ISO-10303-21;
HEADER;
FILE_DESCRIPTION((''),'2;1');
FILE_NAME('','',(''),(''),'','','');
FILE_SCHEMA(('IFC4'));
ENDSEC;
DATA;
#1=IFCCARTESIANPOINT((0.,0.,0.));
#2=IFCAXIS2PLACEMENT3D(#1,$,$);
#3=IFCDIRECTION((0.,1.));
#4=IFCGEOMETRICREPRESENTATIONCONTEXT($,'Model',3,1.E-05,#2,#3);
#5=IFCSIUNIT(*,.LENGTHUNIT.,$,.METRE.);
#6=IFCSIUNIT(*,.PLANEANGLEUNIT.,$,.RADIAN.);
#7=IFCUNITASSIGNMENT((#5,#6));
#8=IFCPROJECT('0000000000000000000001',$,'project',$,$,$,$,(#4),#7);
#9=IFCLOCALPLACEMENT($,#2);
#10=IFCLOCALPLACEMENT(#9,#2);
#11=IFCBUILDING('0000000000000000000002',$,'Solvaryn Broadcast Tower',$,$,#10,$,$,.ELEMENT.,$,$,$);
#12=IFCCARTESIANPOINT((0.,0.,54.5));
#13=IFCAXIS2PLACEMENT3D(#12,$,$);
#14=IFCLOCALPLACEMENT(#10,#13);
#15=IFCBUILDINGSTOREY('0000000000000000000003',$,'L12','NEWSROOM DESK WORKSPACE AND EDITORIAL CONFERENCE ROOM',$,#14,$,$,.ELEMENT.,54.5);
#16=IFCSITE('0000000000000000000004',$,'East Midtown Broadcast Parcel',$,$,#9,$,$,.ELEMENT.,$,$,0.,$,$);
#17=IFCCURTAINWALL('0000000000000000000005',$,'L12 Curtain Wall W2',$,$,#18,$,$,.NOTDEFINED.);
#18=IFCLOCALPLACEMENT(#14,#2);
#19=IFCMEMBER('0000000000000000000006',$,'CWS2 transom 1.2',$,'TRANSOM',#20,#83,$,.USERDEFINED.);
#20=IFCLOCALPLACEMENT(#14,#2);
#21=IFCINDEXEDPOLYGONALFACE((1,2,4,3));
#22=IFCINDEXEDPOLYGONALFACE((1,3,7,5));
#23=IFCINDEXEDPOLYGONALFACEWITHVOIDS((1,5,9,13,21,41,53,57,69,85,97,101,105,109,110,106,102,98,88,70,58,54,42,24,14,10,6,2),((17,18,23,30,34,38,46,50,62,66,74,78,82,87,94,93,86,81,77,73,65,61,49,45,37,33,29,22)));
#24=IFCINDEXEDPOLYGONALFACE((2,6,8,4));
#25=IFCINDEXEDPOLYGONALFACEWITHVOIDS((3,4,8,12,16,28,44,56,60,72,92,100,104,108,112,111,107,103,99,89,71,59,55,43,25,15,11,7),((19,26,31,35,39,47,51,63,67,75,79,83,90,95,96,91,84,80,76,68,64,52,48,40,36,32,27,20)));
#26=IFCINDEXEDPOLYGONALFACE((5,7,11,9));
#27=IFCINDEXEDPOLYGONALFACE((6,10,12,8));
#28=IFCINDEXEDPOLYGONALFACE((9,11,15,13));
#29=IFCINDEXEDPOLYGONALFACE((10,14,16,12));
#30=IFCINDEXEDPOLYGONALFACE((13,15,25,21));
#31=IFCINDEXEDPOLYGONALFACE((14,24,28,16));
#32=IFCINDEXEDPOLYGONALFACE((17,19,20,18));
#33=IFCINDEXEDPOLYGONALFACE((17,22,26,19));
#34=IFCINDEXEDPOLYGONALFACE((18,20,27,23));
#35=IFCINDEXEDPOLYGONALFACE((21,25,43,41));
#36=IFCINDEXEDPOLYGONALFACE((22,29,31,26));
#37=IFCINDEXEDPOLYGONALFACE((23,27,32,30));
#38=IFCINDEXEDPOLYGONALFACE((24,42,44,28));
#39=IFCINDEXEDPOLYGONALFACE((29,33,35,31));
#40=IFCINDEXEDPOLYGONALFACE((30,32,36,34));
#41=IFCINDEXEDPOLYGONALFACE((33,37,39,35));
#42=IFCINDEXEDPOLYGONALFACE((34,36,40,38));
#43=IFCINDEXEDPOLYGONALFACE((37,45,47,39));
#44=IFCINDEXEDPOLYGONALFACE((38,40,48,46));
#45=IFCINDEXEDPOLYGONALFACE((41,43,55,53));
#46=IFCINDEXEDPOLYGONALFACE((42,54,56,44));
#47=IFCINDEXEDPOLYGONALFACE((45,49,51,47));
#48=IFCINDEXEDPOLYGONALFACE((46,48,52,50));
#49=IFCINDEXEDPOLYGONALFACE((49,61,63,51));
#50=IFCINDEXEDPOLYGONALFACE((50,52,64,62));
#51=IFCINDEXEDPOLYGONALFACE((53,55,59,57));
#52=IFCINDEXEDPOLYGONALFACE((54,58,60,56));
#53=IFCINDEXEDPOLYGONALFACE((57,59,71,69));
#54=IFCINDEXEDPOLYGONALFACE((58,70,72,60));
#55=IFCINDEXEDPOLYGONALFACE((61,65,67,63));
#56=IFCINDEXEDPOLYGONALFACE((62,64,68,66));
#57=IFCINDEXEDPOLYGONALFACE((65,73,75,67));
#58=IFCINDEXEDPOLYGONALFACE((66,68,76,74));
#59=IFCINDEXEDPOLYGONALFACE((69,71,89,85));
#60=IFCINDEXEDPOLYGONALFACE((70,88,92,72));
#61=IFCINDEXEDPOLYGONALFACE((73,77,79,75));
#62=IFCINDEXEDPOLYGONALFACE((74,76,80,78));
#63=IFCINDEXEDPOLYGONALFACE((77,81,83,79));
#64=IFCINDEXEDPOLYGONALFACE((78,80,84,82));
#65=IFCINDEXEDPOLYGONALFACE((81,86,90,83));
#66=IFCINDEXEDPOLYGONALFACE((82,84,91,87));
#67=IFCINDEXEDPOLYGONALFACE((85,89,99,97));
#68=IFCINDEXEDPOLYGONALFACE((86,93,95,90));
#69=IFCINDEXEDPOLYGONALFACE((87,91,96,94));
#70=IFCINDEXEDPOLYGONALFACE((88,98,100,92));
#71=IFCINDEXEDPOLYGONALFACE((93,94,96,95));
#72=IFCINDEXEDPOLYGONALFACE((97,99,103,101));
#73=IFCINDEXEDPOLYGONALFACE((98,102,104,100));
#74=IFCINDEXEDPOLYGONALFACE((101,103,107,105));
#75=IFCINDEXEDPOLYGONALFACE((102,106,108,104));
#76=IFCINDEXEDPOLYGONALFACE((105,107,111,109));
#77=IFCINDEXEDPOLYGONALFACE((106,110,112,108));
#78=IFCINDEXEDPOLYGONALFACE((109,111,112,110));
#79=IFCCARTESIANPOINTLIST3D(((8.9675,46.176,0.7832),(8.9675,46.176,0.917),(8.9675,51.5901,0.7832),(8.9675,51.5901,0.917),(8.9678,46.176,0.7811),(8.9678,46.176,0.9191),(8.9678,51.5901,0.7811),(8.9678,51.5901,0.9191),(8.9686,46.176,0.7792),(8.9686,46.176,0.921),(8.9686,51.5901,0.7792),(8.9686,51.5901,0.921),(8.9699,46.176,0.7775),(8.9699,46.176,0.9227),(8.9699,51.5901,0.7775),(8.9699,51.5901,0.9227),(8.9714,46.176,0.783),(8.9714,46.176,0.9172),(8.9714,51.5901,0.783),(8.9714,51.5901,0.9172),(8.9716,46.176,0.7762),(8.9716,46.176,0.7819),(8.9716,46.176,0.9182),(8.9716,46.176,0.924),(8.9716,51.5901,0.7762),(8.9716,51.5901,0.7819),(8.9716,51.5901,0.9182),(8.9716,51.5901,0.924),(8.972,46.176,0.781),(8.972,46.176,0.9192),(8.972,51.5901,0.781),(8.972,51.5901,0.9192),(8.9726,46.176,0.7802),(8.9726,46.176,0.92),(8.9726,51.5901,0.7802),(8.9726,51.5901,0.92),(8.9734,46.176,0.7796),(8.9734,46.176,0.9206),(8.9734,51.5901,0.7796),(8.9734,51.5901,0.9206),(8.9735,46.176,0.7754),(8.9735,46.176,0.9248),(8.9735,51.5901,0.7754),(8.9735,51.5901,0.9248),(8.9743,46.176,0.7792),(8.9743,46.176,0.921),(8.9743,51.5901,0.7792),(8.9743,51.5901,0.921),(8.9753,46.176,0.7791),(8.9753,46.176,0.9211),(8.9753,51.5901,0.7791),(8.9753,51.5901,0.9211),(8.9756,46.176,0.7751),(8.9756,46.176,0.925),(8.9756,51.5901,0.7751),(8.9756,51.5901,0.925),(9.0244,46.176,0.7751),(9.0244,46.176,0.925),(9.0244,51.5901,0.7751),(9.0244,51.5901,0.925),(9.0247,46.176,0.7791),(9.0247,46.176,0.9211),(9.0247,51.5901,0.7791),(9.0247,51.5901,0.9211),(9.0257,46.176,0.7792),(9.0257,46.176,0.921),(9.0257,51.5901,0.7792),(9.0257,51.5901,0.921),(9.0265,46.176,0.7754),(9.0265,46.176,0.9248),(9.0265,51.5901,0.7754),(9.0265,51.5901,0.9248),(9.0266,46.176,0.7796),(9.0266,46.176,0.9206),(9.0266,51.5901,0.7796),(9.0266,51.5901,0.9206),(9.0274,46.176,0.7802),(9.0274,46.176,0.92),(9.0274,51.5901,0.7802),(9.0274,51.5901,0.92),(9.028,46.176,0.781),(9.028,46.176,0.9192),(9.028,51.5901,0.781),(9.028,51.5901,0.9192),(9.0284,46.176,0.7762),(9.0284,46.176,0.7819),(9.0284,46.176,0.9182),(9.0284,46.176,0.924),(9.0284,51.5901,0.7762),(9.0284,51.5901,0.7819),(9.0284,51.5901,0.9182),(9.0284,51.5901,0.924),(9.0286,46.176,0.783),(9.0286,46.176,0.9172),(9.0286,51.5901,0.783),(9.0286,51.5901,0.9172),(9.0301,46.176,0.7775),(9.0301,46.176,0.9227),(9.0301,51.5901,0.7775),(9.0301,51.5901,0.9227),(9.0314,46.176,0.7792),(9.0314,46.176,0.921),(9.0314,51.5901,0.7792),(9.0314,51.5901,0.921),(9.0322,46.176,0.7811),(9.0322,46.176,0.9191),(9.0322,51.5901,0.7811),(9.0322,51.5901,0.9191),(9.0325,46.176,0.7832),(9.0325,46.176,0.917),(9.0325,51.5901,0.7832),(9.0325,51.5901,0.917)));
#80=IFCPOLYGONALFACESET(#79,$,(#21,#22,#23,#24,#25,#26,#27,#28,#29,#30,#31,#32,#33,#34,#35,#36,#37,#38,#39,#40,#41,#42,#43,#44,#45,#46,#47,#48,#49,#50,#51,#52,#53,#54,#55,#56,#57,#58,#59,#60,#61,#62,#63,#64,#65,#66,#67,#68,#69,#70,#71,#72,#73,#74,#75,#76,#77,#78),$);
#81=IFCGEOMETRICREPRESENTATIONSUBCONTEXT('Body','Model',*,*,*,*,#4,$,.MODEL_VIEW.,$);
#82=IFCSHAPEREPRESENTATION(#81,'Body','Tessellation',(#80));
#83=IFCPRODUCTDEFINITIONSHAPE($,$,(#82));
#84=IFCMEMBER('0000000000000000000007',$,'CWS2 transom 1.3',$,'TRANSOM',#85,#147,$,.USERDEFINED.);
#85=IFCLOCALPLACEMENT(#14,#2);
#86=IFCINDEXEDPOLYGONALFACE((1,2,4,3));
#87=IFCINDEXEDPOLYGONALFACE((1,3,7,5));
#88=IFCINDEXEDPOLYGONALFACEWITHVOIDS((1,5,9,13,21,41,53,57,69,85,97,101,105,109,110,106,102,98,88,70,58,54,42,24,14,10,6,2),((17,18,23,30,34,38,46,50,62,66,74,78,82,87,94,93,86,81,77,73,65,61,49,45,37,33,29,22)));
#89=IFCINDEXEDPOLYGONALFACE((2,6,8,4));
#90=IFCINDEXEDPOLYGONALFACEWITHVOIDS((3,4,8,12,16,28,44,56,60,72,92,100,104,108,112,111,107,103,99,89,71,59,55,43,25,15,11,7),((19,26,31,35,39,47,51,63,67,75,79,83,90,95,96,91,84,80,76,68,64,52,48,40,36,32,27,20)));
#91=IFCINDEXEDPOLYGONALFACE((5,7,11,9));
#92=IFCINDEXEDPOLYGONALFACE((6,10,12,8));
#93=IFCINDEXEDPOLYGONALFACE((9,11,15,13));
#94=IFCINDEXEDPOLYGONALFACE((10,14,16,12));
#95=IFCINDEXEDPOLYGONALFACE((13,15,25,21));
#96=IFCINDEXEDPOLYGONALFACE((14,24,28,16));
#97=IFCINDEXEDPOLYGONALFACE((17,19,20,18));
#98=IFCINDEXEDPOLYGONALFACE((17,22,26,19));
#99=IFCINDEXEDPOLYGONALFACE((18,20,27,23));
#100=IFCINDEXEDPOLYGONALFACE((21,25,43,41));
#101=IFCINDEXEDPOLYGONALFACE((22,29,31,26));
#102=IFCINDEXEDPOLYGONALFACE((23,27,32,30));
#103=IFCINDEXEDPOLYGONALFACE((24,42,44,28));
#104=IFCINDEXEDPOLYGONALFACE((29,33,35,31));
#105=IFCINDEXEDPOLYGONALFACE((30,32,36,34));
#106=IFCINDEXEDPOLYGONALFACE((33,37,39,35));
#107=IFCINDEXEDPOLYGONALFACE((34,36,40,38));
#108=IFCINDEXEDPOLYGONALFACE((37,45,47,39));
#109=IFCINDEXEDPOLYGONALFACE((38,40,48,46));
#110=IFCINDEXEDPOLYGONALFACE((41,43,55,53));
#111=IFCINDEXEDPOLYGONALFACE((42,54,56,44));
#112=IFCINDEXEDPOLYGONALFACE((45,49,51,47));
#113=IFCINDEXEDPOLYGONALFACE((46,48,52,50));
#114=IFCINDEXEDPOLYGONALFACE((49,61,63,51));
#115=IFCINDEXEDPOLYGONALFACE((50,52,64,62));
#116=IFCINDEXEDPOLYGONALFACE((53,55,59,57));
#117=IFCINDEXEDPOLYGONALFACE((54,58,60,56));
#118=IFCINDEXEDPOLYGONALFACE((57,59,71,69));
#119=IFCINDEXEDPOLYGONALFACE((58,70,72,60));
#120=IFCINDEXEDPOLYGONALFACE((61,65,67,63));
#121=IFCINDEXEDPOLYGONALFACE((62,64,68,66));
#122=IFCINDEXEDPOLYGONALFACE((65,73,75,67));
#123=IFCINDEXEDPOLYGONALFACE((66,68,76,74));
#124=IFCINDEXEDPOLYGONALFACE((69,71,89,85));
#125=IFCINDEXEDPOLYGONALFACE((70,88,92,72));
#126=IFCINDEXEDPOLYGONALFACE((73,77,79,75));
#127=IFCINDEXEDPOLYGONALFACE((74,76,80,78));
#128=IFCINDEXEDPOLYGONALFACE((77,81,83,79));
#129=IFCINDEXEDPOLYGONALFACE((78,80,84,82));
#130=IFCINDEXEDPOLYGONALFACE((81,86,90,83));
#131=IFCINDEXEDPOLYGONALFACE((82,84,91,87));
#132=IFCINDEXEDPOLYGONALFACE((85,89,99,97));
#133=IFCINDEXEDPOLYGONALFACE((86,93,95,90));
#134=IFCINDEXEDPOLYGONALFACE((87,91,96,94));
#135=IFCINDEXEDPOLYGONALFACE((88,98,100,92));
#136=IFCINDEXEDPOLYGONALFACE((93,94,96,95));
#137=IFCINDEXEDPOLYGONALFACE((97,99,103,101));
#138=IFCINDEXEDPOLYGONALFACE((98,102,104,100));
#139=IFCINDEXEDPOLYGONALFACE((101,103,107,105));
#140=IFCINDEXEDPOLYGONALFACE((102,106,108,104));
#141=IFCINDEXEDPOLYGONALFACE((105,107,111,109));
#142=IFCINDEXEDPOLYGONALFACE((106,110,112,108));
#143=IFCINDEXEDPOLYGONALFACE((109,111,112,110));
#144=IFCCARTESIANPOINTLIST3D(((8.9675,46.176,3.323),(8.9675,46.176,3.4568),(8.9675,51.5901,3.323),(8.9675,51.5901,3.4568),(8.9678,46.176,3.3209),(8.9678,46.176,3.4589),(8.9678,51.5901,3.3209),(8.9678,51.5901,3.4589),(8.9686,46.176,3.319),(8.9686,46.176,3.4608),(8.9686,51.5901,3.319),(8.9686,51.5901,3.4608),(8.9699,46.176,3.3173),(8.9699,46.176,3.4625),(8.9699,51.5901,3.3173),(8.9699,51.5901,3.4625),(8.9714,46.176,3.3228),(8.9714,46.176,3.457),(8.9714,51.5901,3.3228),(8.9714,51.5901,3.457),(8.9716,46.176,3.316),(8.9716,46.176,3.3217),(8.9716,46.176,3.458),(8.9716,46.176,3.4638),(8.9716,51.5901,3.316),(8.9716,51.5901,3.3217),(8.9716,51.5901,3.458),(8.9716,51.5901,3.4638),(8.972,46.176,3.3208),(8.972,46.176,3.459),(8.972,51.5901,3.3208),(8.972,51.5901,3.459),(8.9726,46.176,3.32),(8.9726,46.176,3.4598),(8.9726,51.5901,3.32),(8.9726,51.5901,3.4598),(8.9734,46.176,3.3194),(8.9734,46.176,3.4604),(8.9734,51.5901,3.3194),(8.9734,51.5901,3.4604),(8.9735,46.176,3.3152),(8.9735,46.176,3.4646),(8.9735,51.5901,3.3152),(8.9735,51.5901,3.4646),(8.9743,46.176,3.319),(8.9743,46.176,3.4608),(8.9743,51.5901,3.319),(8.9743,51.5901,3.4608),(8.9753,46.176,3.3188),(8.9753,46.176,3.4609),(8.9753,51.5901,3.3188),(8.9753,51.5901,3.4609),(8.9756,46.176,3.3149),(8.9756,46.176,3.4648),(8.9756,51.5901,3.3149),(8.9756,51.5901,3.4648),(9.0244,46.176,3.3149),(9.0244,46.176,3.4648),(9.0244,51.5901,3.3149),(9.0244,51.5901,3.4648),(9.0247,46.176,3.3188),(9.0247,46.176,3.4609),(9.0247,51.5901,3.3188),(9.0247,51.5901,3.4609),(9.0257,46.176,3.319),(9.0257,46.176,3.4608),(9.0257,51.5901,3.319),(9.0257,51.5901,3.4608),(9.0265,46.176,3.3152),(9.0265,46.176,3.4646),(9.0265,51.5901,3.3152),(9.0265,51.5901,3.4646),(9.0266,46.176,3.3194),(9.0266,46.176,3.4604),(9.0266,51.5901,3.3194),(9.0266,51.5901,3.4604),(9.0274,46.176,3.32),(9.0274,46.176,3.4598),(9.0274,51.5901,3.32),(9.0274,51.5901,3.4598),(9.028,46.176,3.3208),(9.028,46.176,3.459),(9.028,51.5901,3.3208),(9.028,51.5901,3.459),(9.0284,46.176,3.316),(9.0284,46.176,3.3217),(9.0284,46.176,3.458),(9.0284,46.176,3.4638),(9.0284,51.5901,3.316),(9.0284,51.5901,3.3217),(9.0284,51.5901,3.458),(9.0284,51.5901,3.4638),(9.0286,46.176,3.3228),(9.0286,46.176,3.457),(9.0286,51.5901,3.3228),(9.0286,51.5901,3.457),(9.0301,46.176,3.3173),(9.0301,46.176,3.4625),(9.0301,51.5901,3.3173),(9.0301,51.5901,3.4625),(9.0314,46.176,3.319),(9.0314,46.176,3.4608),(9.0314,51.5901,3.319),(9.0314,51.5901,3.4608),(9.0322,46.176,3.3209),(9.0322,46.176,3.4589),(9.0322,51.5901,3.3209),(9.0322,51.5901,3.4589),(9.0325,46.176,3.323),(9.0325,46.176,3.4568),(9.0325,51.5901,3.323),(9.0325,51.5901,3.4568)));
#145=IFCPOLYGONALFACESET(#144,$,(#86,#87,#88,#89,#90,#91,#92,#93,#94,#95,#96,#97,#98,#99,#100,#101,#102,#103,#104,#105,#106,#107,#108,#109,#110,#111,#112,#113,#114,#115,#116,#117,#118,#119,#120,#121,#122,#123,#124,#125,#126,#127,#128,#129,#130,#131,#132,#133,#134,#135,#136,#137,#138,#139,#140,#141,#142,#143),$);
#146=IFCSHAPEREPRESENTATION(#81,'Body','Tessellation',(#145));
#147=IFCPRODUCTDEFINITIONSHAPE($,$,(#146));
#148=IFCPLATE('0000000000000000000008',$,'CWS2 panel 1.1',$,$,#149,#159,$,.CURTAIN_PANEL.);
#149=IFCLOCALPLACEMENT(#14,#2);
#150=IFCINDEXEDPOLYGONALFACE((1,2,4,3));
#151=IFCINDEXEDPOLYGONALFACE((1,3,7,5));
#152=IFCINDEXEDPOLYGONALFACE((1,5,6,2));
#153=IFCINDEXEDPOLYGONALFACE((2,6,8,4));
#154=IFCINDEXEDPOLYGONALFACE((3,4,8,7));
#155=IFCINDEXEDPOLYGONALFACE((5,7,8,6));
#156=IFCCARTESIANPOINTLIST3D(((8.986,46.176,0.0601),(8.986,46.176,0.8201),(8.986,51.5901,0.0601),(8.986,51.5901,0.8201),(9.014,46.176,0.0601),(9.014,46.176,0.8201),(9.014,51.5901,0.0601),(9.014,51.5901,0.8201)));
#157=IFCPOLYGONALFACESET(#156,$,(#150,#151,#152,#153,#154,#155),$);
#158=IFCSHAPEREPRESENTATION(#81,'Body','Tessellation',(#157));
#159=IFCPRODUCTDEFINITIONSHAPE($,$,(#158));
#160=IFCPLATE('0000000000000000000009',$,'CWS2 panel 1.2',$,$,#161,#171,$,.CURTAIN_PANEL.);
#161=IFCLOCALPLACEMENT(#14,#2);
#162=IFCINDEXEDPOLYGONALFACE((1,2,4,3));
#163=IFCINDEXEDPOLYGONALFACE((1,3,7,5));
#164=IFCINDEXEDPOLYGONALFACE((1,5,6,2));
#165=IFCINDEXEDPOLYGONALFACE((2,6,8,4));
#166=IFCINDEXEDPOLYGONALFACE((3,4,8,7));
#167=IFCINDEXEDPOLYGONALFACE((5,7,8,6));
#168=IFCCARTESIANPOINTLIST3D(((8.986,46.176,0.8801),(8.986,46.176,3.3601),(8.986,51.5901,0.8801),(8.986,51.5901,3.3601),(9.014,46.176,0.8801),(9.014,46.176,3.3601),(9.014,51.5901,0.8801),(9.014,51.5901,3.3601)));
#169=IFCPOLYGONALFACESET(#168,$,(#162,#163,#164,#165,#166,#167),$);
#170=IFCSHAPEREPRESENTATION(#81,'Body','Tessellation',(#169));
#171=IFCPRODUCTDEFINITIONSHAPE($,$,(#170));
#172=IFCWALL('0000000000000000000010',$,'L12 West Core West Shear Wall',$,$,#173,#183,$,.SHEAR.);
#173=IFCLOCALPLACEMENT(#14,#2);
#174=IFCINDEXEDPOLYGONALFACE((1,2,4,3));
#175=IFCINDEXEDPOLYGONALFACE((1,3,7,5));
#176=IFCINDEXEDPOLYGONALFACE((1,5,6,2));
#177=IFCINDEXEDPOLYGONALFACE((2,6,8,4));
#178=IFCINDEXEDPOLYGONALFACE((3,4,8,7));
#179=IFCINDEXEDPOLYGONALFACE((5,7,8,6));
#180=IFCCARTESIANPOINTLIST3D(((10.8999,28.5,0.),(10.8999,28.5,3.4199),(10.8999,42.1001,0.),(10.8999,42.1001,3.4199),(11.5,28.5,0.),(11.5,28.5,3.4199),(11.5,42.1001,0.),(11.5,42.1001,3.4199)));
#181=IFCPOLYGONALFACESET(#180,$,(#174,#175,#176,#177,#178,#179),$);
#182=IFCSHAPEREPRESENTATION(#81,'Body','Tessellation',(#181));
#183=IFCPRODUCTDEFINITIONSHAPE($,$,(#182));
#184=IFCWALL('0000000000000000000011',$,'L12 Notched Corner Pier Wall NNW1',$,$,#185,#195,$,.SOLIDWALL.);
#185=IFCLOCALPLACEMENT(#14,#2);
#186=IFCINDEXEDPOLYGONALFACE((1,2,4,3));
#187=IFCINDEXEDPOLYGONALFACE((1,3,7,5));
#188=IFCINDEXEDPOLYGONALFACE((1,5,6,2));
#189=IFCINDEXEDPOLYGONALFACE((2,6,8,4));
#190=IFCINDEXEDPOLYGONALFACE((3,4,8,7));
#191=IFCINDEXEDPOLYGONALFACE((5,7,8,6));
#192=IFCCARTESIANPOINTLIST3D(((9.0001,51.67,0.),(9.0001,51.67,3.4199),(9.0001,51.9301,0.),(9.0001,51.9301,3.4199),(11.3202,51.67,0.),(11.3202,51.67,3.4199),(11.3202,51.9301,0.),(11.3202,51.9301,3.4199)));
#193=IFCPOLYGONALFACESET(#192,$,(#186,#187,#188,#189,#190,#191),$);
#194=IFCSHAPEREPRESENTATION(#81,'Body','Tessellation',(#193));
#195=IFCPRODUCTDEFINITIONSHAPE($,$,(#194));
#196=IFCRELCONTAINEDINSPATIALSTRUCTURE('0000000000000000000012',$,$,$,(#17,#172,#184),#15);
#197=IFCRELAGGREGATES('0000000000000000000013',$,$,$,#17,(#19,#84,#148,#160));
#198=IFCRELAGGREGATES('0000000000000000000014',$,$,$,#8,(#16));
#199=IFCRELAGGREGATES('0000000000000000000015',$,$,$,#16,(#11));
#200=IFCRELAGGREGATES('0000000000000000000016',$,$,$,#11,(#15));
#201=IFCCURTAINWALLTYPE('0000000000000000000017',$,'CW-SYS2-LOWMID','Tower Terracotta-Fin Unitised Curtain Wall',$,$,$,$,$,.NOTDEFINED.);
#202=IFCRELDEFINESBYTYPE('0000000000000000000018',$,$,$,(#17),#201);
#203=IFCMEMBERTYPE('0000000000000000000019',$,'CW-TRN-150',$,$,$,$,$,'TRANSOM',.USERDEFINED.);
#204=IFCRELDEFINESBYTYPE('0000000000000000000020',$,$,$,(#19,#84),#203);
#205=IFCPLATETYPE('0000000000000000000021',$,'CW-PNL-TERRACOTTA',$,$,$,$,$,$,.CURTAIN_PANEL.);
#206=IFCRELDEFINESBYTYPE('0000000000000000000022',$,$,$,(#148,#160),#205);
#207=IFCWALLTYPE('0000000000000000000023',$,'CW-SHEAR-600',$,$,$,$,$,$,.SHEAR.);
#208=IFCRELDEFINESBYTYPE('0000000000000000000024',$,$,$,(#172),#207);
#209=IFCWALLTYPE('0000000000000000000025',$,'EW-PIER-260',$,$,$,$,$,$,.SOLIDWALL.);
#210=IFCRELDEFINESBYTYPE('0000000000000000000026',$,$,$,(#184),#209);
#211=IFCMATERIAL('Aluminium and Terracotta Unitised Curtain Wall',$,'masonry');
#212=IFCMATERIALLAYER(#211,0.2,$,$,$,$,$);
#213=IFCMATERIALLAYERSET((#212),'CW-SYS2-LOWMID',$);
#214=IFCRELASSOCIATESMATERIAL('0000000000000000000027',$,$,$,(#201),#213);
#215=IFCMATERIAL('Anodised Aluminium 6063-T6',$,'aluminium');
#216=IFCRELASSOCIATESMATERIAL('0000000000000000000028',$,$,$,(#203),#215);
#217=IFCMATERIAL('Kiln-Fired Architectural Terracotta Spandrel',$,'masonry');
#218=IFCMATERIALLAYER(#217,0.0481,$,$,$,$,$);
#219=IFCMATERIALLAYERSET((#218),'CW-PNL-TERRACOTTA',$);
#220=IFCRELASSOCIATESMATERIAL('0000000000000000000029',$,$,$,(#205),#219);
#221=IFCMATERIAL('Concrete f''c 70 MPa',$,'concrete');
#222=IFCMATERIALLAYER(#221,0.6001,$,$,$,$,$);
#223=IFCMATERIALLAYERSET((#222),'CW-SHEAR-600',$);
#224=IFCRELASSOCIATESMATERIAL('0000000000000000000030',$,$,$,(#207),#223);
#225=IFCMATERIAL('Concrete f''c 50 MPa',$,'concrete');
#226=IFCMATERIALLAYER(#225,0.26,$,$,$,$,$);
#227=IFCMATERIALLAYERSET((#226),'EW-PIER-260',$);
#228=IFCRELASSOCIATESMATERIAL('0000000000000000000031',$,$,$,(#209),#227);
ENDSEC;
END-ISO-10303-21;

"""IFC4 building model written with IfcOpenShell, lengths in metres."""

from ifc_helpers import new_model, si_unit, direction, frame, frame_2d, origin, origin_2d, place, context, subcontext, project, spatial, rectangle, hollow_rectangle, extrude, material, layer, layer_set, material_profile, profile_set, type_object, element, aggregate, save


model = new_model("IFC4")

# Units and contexts
model_context = context("Model", 3, precision=1e-05, world=origin(), true_north=direction((0.0, 1.0)))
body_context = subcontext(model_context, "Body", "Model", "MODEL_VIEW")
ifc_project = project(units=[si_unit("LENGTHUNIT", "METRE"), si_unit("PLANEANGLEUNIT", "RADIAN")], contexts=[model_context])

# Site, building, storey
site_placement = place(None, origin())
site = spatial("IfcSite", under=ifc_project, at=site_placement, Name="East Midtown Broadcast Parcel", CompositionType="ELEMENT", RefElevation=0.0)
building_placement = place(site_placement, origin())
building = spatial("IfcBuilding", under=site, at=building_placement, Name="Solvaryn Broadcast Tower", CompositionType="ELEMENT")
storey_placement = place(building_placement, frame((0.0, 0.0, 54.5)))
storey = spatial("IfcBuildingStorey", under=building, at=storey_placement, Name="L12", Description="NEWSROOM DESK WORKSPACE AND EDITORIAL CONFERENCE ROOM", CompositionType="ELEMENT", Elevation=54.5)

# Shared definitions
ifc_material_1 = material(Name="Aluminium and Terracotta Unitised Curtain Wall", Category="masonry")
ifc_layer_1 = layer(ifc_material_1, 0.2)
ifc_layer_set_1 = layer_set([ifc_layer_1], Name="CW-SYS2-LOWMID")
curtain_wall_type = type_object("IfcCurtainWallType", Name="CW-SYS2-LOWMID", Description="Tower Terracotta-Fin Unitised Curtain Wall", PredefinedType="NOTDEFINED", material=ifc_layer_set_1)

# Curtain wall
curtain_wall_1_placement = place(storey_placement, origin())
curtain_wall_1 = element("IfcCurtainWall", 1, at=curtain_wall_1_placement, inside=storey, type_object=curtain_wall_type, Name="L12 Curtain Wall W2", PredefinedType="NOTDEFINED")

# Members
ifc_material_2 = material(Name="Anodised Aluminium 6063-T6", Category="aluminium")
ifc_material_profile_1 = material_profile(ifc_material_2, hollow_rectangle(XDim=0.0649, YDim=0.1499, WallThickness=0.0039, InnerFilletRadius=0.0039, OuterFilletRadius=0.0081, at=origin_2d()))
ifc_profile_set_1 = profile_set([ifc_material_profile_1], Name="Anodised Aluminium 6063-T6")
member_type_1 = type_object("IfcMemberType", Name="CW-TRN-150", ElementType="TRANSOM", PredefinedType="USERDEFINED", material=ifc_profile_set_1)
member_1_placement = place(storey_placement, frame((9.0, 46.176, 0.8501), z_axis=(0.0, 1.0, 0.0), x_axis=(-1.0, 0.0, 0.0)))
member_1 = element("IfcMember", 2, at=member_1_placement, type_object=member_type_1, Name="CWS2 transom 1.2", ObjectType="TRANSOM", PredefinedType="USERDEFINED", context=body_context, shape_type="SweptSolid", body=[
    extrude(hollow_rectangle(XDim=0.0649, YDim=0.1499, WallThickness=0.0039, InnerFilletRadius=0.0039, OuterFilletRadius=0.0081, at=origin_2d()), origin(), (0.0, 0.0, 1.0), 5.4141),
])
member_2_placement = place(storey_placement, frame((9.0, 46.176, 3.3899), z_axis=(0.0, 1.0, 0.0), x_axis=(-1.0, 0.0, 0.0)))
member_2 = element("IfcMember", 3, at=member_2_placement, type_object=member_type_1, Name="CWS2 transom 1.3", ObjectType="TRANSOM", PredefinedType="USERDEFINED", context=body_context, shape_type="SweptSolid", body=[
    extrude(hollow_rectangle(XDim=0.0649, YDim=0.1499, WallThickness=0.0039, InnerFilletRadius=0.0039, OuterFilletRadius=0.0081, at=origin_2d()), origin(), (0.0, 0.0, 1.0), 5.4141),
])

# Plates
ifc_material_3 = material(Name="Kiln-Fired Architectural Terracotta Spandrel", Category="masonry")
ifc_layer_2 = layer(ifc_material_3, 0.0481)
ifc_layer_set_2 = layer_set([ifc_layer_2], Name="CW-PNL-TERRACOTTA")
plate_type = type_object("IfcPlateType", Name="CW-PNL-TERRACOTTA", PredefinedType="CURTAIN_PANEL", material=ifc_layer_set_2)
plate_1_placement = place(storey_placement, frame((9.0, 48.8831, 0.0601), z_axis=(0.0, 0.0, 1.0), x_axis=(0.0, 1.0, 0.0)))
plate_1 = element("IfcPlate", 4, at=plate_1_placement, type_object=plate_type, Name="CWS2 panel 1.1", PredefinedType="CURTAIN_PANEL", context=body_context, shape_type="SweptSolid", body=[
    extrude(rectangle(XDim=5.4141, YDim=0.0281, at=origin_2d()), origin(), (0.0, 0.0, 1.0), 0.76),
])
plate_2_placement = place(storey_placement, frame((9.0, 48.8831, 0.8801), z_axis=(0.0, 0.0, 1.0), x_axis=(0.0, 1.0, 0.0)))
plate_2 = element("IfcPlate", 5, at=plate_2_placement, type_object=plate_type, Name="CWS2 panel 1.2", PredefinedType="CURTAIN_PANEL", context=body_context, shape_type="SweptSolid", body=[
    extrude(rectangle(XDim=5.4141, YDim=0.0281, at=origin_2d()), origin(), (0.0, 0.0, 1.0), 2.48),
])
aggregate(curtain_wall_1, [member_1, member_2, plate_1, plate_2])

# Walls
ifc_material_4 = material(Name="Concrete f'c 70 MPa", Category="concrete")
ifc_layer_3 = layer(ifc_material_4, 0.6001)
ifc_layer_set_3 = layer_set([ifc_layer_3], Name="CW-SHEAR-600")
wall_type_1 = type_object("IfcWallType", Name="CW-SHEAR-600", PredefinedType="SHEAR", material=ifc_layer_set_3)
wall_1_placement = place(storey_placement, frame((11.2, 42.1001, 0.0), z_axis=(0.0, 0.0, 1.0), x_axis=(0.0, -1.0, 0.0)))
element("IfcWall", 6, at=wall_1_placement, inside=storey, type_object=wall_type_1, Name="L12 West Core West Shear Wall", PredefinedType="SHEAR", context=body_context, shape_type="SweptSolid", body=[
    extrude(rectangle(XDim=13.6001, YDim=0.6001, at=frame_2d((6.8, 0.0))), origin(), (0.0, 0.0, 1.0), 3.4199),
])
ifc_material_5 = material(Name="Concrete f'c 50 MPa", Category="concrete")
ifc_layer_4 = layer(ifc_material_5, 0.26)
ifc_layer_set_4 = layer_set([ifc_layer_4], Name="EW-PIER-260")
wall_type_2 = type_object("IfcWallType", Name="EW-PIER-260", PredefinedType="SOLIDWALL", material=ifc_layer_set_4)
wall_2_placement = place(storey_placement, frame((9.0, 51.8, 0.0), z_axis=(0.0, 0.0, 1.0), x_axis=(1.0, 0.0, 0.0)))
element("IfcWall", 7, at=wall_2_placement, inside=storey, type_object=wall_type_2, Name="L12 Notched Corner Pier Wall NNW1", PredefinedType="SOLIDWALL", context=body_context, shape_type="SweptSolid", body=[
    extrude(rectangle(XDim=2.3201, YDim=0.26, at=frame_2d((1.1602, 0.0))), origin(), (0.0, 0.0, 1.0), 3.4199),
])

save(model, "model.ifc")
